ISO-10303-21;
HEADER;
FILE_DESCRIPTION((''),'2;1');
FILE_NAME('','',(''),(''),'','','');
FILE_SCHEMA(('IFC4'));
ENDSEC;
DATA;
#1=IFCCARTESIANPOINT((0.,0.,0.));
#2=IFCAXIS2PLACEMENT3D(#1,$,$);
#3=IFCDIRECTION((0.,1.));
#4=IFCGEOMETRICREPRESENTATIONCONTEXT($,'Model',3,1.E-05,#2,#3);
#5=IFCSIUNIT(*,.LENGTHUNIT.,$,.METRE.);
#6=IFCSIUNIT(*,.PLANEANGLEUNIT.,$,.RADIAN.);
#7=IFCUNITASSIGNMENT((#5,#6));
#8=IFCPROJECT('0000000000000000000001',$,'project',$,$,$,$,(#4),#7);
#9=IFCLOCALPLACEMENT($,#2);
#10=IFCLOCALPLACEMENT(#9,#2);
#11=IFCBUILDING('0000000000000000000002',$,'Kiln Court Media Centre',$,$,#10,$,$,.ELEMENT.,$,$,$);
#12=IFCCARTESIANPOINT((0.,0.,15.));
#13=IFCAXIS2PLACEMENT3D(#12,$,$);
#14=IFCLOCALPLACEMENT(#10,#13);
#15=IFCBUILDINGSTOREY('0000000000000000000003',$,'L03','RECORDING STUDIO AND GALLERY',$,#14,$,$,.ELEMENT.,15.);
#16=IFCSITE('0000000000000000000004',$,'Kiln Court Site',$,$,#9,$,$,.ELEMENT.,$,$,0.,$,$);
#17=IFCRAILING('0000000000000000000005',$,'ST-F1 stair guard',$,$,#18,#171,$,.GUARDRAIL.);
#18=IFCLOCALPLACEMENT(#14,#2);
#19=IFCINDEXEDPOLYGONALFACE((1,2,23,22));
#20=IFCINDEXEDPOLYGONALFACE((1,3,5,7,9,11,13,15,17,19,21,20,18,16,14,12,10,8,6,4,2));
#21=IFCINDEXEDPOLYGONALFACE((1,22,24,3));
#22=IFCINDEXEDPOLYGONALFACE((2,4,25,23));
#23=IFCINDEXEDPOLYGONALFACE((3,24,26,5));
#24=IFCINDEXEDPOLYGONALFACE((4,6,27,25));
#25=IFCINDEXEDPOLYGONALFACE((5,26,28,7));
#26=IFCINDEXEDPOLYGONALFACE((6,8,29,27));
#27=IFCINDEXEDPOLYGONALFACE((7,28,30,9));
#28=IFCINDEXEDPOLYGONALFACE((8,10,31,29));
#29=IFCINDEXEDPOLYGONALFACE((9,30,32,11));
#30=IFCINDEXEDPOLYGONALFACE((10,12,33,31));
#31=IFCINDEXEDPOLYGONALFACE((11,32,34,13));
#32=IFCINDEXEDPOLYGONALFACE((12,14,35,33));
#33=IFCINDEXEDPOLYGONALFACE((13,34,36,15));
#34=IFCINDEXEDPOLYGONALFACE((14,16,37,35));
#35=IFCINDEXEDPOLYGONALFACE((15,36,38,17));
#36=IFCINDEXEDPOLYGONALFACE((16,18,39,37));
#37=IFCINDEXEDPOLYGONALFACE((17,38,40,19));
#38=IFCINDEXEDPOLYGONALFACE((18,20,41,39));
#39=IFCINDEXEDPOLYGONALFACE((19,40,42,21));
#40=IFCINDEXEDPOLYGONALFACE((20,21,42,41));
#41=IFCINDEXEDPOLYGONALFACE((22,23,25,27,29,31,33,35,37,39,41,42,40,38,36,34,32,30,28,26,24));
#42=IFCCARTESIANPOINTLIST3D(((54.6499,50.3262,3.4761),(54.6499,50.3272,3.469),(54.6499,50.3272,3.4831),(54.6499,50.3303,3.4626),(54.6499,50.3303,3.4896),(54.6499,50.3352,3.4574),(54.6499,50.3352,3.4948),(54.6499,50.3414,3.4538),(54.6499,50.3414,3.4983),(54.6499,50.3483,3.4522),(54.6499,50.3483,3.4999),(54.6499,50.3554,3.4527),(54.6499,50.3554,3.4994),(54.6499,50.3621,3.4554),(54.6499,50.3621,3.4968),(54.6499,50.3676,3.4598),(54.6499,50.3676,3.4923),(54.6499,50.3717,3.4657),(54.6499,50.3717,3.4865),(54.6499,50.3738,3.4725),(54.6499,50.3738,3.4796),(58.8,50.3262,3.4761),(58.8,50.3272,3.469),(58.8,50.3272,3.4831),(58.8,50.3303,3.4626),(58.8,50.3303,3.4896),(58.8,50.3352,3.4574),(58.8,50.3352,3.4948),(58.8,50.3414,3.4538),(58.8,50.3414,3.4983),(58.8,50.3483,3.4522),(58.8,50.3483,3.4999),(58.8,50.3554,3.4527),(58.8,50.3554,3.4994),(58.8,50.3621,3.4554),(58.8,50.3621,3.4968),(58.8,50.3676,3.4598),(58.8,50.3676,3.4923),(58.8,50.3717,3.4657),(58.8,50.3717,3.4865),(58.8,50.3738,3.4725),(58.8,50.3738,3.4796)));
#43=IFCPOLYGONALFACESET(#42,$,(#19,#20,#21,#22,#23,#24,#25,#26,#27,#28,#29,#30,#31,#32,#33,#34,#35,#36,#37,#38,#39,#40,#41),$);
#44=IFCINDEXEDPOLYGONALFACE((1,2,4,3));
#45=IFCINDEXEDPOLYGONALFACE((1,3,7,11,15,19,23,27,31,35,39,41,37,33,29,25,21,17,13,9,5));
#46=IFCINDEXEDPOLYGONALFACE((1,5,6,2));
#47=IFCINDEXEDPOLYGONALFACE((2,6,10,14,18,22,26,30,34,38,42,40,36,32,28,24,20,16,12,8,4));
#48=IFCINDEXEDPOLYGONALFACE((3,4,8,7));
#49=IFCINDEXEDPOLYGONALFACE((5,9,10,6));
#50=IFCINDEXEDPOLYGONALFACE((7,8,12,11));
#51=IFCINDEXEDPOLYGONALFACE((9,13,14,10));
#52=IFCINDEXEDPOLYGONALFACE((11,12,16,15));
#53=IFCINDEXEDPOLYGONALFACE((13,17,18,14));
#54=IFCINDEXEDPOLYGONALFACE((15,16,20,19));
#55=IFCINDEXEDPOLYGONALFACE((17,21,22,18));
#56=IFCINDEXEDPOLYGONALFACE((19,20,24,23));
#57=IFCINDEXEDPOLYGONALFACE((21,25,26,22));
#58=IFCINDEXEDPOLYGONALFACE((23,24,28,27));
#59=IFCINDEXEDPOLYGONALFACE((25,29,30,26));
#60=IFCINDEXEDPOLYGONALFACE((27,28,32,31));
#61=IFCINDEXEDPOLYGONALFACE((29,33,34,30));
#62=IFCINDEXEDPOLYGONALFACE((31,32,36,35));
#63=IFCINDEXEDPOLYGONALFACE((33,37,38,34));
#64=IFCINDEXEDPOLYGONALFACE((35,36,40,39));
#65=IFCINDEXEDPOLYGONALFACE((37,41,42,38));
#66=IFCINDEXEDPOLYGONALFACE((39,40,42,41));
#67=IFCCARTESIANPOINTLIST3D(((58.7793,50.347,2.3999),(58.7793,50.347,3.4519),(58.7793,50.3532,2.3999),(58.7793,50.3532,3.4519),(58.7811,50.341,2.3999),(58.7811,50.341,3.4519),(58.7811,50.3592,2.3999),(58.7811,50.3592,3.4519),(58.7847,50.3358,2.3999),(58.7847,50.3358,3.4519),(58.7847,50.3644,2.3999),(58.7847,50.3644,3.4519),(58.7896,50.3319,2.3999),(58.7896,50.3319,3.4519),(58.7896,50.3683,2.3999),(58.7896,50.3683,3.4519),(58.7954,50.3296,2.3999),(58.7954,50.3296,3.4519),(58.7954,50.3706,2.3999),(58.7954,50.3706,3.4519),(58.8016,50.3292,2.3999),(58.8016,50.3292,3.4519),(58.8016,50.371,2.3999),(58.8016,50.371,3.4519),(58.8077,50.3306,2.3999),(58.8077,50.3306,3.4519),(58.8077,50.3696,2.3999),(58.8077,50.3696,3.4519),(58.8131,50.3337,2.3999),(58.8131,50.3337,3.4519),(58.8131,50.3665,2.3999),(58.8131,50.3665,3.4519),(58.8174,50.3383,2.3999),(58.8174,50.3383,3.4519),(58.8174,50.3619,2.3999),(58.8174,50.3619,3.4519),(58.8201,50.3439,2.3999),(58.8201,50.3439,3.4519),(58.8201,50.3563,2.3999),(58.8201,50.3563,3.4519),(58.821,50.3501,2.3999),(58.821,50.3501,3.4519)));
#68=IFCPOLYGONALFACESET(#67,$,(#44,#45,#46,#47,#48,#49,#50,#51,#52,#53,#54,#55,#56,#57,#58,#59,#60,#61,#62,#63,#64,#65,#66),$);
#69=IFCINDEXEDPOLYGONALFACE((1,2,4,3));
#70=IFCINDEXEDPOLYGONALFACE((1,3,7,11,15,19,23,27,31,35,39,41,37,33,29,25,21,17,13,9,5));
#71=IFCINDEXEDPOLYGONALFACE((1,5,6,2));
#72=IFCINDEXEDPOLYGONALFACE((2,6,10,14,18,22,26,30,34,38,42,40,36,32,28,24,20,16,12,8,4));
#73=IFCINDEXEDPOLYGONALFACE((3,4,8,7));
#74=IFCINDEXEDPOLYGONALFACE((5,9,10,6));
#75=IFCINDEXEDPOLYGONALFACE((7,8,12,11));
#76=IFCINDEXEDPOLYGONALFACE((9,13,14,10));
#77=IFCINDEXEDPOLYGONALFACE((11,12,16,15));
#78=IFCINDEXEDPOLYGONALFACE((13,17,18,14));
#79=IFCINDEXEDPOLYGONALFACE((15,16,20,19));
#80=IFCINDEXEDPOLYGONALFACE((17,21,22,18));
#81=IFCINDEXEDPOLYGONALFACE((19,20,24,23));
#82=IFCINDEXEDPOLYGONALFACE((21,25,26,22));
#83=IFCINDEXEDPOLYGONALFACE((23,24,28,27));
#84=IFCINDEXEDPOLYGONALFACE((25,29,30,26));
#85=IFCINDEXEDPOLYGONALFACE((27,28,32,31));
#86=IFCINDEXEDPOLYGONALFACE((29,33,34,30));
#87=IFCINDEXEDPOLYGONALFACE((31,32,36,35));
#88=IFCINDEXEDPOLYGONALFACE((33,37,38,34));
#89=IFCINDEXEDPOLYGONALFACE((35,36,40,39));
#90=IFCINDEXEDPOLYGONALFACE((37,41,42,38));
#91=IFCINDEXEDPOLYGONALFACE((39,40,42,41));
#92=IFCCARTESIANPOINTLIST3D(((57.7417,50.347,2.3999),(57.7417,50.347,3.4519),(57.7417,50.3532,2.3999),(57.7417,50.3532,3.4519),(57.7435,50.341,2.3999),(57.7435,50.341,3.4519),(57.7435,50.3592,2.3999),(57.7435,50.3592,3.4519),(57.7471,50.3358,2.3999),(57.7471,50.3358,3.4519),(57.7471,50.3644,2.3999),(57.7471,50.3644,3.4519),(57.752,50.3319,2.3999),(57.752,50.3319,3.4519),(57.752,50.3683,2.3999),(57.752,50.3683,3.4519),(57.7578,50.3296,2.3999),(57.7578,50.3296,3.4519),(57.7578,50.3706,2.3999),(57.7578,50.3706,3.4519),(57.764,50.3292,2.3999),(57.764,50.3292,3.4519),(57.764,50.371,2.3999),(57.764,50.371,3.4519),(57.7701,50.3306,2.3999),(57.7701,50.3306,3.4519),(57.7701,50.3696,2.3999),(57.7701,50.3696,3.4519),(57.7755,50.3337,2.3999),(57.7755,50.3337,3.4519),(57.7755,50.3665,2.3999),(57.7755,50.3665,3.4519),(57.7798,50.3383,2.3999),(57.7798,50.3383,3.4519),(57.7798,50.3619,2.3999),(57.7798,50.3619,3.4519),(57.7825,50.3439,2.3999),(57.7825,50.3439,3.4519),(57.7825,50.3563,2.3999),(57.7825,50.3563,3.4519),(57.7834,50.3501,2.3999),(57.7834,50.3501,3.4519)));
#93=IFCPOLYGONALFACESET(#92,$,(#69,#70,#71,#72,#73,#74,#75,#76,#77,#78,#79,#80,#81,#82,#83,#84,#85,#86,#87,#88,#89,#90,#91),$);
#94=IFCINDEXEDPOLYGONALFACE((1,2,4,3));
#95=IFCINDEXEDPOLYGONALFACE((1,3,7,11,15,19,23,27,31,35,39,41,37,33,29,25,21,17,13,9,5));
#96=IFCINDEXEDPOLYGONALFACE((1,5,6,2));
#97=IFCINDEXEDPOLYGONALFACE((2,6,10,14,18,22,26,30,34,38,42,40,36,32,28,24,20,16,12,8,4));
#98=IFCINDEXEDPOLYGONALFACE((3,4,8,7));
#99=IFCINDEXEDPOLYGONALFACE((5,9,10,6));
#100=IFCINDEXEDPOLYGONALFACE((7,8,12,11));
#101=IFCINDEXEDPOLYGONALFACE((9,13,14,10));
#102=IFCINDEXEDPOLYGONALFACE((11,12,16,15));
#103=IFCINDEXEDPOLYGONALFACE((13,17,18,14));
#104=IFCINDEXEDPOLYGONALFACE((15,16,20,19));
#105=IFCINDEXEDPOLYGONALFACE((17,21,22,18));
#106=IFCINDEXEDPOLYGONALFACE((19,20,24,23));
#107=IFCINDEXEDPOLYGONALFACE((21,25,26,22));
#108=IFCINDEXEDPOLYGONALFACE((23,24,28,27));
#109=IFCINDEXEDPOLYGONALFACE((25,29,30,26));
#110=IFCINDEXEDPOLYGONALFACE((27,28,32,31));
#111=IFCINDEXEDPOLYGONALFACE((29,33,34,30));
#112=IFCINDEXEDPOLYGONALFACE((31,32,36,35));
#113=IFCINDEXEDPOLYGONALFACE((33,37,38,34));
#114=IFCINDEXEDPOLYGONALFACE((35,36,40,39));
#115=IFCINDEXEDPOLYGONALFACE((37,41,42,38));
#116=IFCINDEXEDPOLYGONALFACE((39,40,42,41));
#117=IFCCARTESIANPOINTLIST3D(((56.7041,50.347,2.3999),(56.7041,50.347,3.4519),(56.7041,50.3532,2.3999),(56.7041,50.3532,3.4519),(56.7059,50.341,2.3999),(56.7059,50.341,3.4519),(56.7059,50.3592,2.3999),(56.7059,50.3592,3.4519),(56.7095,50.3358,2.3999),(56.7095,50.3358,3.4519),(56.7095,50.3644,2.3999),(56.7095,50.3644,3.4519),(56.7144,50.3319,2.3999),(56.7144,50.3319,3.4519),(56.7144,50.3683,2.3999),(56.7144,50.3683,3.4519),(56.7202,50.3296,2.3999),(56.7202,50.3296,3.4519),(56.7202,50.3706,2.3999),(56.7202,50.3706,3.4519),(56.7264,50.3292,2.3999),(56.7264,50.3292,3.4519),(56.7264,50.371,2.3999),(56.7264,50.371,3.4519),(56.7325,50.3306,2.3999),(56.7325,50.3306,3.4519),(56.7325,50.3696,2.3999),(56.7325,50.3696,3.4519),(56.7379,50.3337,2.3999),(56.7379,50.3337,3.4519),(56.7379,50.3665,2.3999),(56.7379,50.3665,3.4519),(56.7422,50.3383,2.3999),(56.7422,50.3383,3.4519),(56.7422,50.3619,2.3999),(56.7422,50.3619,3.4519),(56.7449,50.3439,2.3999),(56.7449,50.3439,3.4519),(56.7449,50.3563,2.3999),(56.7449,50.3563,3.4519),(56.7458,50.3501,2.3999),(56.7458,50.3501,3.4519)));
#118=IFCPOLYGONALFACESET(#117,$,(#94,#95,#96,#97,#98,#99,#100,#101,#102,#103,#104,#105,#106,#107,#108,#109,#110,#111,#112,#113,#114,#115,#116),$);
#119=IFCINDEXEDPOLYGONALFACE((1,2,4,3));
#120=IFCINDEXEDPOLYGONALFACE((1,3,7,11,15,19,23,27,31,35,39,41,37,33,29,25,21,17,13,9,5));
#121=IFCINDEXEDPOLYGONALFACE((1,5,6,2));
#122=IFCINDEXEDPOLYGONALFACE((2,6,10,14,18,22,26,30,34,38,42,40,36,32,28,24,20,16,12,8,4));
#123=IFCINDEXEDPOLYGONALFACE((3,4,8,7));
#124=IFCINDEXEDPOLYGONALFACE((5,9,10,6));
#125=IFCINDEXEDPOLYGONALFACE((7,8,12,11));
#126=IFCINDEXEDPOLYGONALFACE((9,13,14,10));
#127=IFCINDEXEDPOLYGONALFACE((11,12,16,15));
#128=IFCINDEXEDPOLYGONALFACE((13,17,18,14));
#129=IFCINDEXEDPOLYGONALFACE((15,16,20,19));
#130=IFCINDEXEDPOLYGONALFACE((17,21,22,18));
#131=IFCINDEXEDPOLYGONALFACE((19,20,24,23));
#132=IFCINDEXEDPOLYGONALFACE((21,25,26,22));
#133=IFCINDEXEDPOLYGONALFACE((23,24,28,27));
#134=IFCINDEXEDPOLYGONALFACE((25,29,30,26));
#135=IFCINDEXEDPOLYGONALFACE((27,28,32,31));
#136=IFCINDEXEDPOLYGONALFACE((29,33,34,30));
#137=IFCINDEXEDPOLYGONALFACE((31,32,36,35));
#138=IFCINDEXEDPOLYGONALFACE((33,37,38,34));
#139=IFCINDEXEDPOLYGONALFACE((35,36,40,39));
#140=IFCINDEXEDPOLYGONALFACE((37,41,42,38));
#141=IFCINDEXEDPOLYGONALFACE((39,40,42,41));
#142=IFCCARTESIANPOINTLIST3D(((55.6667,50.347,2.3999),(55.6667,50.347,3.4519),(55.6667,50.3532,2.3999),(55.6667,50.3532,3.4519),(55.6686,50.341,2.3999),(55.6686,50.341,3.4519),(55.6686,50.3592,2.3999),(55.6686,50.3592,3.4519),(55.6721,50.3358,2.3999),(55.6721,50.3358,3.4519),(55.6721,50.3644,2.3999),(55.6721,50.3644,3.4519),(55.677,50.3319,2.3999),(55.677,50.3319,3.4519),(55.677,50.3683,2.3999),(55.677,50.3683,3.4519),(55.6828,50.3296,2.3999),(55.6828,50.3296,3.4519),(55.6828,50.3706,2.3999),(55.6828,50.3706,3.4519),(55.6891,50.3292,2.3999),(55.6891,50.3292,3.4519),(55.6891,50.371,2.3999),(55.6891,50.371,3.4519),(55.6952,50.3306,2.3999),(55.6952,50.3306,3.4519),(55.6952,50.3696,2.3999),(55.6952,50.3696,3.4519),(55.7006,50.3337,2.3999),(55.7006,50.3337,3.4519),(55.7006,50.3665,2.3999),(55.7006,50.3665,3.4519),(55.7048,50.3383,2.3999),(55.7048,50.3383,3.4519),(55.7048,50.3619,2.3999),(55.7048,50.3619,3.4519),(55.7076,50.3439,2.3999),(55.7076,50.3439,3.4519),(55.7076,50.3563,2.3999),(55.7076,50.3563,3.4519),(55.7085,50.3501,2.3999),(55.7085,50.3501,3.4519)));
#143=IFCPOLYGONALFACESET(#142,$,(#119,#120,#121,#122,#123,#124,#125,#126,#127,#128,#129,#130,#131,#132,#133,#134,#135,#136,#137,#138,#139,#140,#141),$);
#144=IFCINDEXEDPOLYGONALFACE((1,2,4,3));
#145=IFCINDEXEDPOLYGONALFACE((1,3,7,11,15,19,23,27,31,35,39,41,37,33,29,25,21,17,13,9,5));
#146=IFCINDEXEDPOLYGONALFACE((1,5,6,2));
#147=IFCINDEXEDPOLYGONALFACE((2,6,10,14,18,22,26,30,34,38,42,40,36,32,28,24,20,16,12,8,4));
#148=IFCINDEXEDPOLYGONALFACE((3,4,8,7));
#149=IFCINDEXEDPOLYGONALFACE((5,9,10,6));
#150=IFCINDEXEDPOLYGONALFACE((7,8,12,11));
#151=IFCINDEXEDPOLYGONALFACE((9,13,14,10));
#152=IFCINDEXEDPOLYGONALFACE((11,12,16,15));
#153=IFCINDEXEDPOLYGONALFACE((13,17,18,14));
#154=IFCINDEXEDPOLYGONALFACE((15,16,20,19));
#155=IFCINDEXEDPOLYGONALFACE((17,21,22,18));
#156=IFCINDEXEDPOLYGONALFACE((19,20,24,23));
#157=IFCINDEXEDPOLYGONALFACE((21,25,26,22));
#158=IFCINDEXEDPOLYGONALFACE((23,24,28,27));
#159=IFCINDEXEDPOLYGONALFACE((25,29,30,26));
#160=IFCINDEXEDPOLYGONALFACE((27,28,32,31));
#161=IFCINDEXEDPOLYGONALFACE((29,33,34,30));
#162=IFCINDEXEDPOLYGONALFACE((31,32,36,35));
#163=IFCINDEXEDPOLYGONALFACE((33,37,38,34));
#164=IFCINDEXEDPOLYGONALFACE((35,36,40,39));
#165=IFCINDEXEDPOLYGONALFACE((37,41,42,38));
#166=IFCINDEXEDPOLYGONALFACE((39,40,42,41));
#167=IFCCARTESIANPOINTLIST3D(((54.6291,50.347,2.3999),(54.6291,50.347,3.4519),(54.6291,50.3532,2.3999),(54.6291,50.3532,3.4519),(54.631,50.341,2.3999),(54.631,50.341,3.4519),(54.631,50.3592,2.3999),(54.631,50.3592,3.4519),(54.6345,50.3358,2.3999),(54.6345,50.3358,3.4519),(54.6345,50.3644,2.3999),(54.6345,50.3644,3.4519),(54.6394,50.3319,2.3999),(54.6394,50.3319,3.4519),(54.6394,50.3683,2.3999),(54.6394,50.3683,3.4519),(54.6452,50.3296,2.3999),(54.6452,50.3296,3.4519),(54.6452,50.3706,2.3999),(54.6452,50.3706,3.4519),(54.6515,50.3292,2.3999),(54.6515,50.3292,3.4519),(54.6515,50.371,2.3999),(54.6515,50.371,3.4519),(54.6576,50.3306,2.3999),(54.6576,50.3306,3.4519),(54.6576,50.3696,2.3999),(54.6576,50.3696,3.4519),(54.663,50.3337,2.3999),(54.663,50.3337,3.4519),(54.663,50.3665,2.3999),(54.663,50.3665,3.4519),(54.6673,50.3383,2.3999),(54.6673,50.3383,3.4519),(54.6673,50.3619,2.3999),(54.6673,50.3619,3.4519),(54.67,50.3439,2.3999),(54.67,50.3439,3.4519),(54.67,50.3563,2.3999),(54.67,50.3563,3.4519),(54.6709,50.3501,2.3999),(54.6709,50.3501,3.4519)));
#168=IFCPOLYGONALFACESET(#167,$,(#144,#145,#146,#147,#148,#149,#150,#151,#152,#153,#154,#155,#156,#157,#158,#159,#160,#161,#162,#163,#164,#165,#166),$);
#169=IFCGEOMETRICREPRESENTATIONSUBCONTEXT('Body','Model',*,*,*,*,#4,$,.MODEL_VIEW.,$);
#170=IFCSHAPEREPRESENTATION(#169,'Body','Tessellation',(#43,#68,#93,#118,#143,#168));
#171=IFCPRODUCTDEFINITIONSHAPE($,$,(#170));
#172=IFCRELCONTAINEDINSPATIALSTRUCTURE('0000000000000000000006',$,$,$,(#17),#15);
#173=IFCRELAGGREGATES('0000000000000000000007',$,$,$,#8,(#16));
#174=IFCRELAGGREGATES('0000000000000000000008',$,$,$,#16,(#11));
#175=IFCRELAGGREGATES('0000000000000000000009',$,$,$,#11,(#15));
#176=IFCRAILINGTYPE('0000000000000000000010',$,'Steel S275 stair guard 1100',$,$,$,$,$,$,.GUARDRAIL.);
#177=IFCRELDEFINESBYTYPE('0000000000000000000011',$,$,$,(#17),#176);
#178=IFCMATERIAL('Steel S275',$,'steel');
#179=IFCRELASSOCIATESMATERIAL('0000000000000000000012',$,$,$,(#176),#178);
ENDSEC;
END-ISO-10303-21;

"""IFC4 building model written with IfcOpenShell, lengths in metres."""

from ifc_helpers import new_model, si_unit, direction, frame, origin, origin_2d, place, context, subcontext, project, spatial, circle, extrude, material, type_object, element, save


model = new_model("IFC4")

# Units and contexts
model_context = context("Model", 3, precision=1e-05, world=origin(), true_north=direction((0.0, 1.0)))
body_context = subcontext(model_context, "Body", "Model", "MODEL_VIEW")
ifc_project = project(units=[si_unit("LENGTHUNIT", "METRE"), si_unit("PLANEANGLEUNIT", "RADIAN")], contexts=[model_context])

# Site, building, storey
site_placement = place(None, origin())
site = spatial("IfcSite", under=ifc_project, at=site_placement, Name="Kiln Court Site", CompositionType="ELEMENT", RefElevation=0.0)
building_placement = place(site_placement, origin())
building = spatial("IfcBuilding", under=site, at=building_placement, Name="Kiln Court Media Centre", CompositionType="ELEMENT")
storey_placement = place(building_placement, frame((0.0, 0.0, 15.0)))
storey = spatial("IfcBuildingStorey", under=building, at=storey_placement, Name="L03", Description="RECORDING STUDIO AND GALLERY", CompositionType="ELEMENT", Elevation=15.0)

# Railing
ifc_material_1 = material(Name="Steel S275", Category="steel")
railing_type = type_object("IfcRailingType", Name="Steel S275 stair guard 1100", PredefinedType="GUARDRAIL", material=ifc_material_1)
railing_1_placement = place(storey_placement, frame((58.8, 50.3501, 2.3999)))
element("IfcRailing", 1, at=railing_1_placement, inside=storey, type_object=railing_type, Name="ST-F1 stair guard", PredefinedType="GUARDRAIL", context=body_context, shape_type="SweptSolid", body=[
    extrude(circle(Radius=0.0239, at=origin_2d()), frame((0.0, 0.0, 1.0762), z_axis=(-1.0, 0.0, 0.0), x_axis=(0.0, -1.0, 0.0)), (0.0, 0.0, 1.0), 4.1501),
    extrude(circle(Radius=0.021, at=origin_2d()), origin(), (0.0, 0.0, 1.0), 1.052),
    extrude(circle(Radius=0.021, at=origin_2d()), frame((-1.0376, 0.0, 0.0)), (0.0, 0.0, 1.0), 1.052),
    extrude(circle(Radius=0.021, at=origin_2d()), frame((-2.0752, 0.0, 0.0)), (0.0, 0.0, 1.0), 1.052),
    extrude(circle(Radius=0.021, at=origin_2d()), frame((-3.1125, 0.0, 0.0)), (0.0, 0.0, 1.0), 1.052),
    extrude(circle(Radius=0.021, at=origin_2d()), frame((-4.1501, 0.0, 0.0)), (0.0, 0.0, 1.0), 1.052),
])

save(model, "model.ifc")
